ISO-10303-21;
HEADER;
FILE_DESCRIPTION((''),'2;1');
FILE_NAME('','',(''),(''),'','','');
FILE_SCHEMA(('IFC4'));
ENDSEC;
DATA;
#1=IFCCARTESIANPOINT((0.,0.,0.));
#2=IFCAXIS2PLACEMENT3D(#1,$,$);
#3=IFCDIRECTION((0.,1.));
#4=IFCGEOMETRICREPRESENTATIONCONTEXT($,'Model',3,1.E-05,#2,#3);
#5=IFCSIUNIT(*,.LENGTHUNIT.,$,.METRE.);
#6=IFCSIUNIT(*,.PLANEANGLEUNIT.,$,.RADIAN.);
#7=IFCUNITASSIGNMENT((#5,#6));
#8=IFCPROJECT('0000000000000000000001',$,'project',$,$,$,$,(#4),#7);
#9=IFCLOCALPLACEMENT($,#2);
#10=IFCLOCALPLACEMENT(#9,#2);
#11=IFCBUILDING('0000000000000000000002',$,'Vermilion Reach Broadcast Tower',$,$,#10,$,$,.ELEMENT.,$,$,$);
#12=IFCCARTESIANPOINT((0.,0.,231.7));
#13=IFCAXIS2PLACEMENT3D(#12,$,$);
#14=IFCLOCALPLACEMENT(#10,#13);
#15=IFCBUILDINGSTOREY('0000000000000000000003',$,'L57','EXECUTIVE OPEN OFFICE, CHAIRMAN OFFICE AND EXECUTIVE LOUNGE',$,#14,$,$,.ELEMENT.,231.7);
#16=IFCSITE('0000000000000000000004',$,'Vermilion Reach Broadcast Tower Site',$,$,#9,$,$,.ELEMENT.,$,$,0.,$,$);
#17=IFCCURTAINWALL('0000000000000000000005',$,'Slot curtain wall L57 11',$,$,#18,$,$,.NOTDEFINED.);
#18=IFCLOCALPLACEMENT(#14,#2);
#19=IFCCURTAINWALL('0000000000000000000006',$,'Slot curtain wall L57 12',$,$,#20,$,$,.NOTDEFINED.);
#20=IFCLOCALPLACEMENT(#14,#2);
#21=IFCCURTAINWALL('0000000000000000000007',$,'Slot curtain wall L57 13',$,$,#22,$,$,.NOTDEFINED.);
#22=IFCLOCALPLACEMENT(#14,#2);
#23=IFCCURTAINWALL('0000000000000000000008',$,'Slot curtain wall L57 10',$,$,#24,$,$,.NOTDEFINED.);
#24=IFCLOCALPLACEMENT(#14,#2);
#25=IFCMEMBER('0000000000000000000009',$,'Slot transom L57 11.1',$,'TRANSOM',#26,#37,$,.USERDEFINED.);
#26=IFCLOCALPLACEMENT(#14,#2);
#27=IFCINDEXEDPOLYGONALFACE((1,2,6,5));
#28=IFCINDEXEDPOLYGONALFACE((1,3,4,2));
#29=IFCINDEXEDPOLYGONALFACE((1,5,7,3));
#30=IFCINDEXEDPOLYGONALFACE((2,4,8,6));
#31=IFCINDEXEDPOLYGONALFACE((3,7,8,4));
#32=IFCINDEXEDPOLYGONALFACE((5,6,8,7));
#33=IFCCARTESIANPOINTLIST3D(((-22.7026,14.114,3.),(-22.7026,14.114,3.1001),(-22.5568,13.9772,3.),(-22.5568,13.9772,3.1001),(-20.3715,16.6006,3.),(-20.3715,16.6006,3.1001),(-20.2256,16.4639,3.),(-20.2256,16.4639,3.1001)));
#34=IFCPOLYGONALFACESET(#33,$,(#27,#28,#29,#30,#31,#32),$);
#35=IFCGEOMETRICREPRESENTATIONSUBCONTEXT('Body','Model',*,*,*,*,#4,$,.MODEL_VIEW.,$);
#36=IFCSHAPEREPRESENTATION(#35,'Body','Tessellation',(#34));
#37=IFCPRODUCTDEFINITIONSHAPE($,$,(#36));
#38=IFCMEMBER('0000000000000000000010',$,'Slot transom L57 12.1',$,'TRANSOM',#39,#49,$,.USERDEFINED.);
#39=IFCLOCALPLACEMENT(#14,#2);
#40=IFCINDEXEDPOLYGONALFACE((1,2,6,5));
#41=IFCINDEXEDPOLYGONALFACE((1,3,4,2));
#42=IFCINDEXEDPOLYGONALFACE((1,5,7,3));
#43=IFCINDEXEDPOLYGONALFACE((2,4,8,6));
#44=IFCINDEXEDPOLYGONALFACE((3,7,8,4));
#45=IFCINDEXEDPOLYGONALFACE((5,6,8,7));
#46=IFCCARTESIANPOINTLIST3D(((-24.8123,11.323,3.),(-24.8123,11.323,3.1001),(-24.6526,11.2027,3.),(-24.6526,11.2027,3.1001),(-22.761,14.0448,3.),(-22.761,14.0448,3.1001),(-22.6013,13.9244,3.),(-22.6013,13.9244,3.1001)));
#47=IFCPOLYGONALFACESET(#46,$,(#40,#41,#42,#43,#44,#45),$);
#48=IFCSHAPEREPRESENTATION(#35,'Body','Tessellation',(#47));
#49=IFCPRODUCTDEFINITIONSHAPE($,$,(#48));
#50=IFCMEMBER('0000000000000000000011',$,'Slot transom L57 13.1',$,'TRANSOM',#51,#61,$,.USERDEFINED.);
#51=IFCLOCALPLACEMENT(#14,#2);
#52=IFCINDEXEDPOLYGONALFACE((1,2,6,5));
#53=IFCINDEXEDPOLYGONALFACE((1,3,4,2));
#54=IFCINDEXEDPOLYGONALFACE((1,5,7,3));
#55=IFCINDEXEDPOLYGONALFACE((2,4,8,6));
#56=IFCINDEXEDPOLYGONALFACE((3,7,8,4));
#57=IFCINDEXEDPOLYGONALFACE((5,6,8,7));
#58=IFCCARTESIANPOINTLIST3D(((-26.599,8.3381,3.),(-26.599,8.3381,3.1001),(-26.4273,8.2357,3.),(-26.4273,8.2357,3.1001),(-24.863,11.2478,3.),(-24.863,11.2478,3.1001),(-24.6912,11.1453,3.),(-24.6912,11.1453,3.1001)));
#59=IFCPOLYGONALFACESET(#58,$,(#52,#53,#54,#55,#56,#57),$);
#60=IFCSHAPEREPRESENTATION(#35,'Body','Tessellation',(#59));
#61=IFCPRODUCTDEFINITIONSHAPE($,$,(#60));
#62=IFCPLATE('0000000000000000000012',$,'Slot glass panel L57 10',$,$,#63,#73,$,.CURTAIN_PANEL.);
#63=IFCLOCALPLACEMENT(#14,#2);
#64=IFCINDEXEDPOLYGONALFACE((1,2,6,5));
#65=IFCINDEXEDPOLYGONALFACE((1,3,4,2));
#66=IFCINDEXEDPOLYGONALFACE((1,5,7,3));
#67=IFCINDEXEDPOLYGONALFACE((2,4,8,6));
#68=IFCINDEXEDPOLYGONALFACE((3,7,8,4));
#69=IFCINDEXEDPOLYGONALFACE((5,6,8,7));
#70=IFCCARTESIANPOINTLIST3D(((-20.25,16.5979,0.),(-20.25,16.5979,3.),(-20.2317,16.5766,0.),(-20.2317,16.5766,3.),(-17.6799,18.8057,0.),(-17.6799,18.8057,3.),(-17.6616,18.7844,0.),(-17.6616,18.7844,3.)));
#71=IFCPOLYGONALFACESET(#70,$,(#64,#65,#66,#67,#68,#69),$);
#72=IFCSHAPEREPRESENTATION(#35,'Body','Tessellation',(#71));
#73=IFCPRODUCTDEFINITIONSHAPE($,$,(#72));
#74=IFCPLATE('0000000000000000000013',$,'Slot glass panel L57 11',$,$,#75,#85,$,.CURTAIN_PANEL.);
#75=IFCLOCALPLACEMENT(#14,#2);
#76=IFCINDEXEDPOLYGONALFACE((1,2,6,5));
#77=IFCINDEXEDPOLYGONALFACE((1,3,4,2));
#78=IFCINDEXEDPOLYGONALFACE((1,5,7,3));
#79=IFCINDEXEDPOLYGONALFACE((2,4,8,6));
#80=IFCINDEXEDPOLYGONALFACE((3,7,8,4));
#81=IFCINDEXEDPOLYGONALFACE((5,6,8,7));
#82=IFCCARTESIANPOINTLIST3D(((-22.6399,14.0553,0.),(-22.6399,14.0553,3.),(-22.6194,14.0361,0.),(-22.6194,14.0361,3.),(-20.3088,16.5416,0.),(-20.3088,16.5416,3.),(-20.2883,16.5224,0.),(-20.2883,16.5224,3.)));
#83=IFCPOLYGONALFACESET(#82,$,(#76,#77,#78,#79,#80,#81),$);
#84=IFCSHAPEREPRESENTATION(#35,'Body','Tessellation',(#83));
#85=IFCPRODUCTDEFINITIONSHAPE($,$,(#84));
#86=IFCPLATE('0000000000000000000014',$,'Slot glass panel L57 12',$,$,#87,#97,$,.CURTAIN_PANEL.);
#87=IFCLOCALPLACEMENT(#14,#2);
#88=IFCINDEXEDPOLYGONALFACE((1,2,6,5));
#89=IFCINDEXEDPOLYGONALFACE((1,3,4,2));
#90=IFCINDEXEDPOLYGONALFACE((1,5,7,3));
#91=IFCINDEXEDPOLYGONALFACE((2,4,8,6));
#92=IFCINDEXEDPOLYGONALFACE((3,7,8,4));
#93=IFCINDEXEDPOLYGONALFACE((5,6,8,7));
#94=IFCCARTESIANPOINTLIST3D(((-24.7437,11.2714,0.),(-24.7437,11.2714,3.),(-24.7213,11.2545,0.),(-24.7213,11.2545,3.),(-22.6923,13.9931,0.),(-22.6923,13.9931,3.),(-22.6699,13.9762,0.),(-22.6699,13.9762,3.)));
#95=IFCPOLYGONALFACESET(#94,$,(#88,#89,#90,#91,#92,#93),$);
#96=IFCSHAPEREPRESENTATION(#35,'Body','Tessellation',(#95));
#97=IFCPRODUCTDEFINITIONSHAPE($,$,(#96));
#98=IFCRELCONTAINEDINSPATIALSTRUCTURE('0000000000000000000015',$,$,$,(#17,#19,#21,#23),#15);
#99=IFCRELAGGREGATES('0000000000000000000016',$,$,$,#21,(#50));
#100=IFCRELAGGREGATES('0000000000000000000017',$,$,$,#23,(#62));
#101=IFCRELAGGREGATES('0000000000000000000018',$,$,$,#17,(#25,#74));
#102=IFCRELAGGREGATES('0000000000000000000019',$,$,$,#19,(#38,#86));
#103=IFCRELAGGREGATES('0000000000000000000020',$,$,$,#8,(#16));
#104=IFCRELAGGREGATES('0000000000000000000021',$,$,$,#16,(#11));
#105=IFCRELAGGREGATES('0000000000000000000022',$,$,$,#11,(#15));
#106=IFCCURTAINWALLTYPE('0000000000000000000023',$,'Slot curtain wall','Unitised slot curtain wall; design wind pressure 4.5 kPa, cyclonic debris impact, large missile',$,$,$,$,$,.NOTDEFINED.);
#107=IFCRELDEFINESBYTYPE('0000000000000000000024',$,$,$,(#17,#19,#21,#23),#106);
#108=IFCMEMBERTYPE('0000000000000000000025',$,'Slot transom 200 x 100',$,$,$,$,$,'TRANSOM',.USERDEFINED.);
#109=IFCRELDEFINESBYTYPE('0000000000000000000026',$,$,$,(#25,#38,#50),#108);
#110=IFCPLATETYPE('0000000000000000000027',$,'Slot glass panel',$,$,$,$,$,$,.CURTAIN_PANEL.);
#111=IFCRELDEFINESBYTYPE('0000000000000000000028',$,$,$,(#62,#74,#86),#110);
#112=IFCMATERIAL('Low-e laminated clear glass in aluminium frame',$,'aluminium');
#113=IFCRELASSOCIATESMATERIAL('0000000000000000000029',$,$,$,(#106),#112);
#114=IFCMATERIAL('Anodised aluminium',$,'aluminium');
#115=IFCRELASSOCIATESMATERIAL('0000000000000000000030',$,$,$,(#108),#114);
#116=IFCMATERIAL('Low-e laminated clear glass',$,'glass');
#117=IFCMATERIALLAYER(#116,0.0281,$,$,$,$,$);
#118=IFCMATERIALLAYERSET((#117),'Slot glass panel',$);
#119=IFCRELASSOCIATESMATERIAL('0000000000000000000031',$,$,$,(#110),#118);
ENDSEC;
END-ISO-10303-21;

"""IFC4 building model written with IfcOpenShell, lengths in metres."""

from ifc_helpers import new_model, si_unit, direction, frame, origin, origin_2d, place, context, subcontext, project, spatial, rectangle, extrude, material, layer, layer_set, material_profile, profile_set, type_object, element, aggregate, save


model = new_model("IFC4")

# Units and contexts
model_context = context("Model", 3, precision=1e-05, world=origin(), true_north=direction((0.0, 1.0)))
body_context = subcontext(model_context, "Body", "Model", "MODEL_VIEW")
ifc_project = project(units=[si_unit("LENGTHUNIT", "METRE"), si_unit("PLANEANGLEUNIT", "RADIAN")], contexts=[model_context])

# Site, building, storey
site_placement = place(None, origin())
site = spatial("IfcSite", under=ifc_project, at=site_placement, Name="Vermilion Reach Broadcast Tower Site", CompositionType="ELEMENT", RefElevation=0.0)
building_placement = place(site_placement, origin())
building = spatial("IfcBuilding", under=site, at=building_placement, Name="Vermilion Reach Broadcast Tower", CompositionType="ELEMENT")
storey_placement = place(building_placement, frame((0.0, 0.0, 231.7)))
storey = spatial("IfcBuildingStorey", under=building, at=storey_placement, Name="L57", Description="EXECUTIVE OPEN OFFICE, CHAIRMAN OFFICE AND EXECUTIVE LOUNGE", CompositionType="ELEMENT", Elevation=231.7)

# Curtain walls
ifc_material_1 = material(Name="Low-e laminated clear glass in aluminium frame", Category="aluminium")
curtain_wall_type = type_object("IfcCurtainWallType", Name="Slot curtain wall", Description="Unitised slot curtain wall; design wind pressure 4.5 kPa, cyclonic debris impact, large missile", PredefinedType="NOTDEFINED", material=ifc_material_1)
placement = place(storey_placement, origin())
curtain_wall_1 = element("IfcCurtainWall", 1, at=placement, inside=storey, type_object=curtain_wall_type, Name="Slot curtain wall L57 11", PredefinedType="NOTDEFINED")
curtain_wall_2 = element("IfcCurtainWall", 2, at=placement, inside=storey, type_object=curtain_wall_type, Name="Slot curtain wall L57 12", PredefinedType="NOTDEFINED")
curtain_wall_3 = element("IfcCurtainWall", 3, at=placement, inside=storey, type_object=curtain_wall_type, Name="Slot curtain wall L57 13", PredefinedType="NOTDEFINED")
curtain_wall_4 = element("IfcCurtainWall", 4, at=placement, inside=storey, type_object=curtain_wall_type, Name="Slot curtain wall L57 10", PredefinedType="NOTDEFINED")
ifc_material_2 = material(Name="Anodised aluminium", Category="aluminium")
ifc_material_profile_1 = material_profile(ifc_material_2, rectangle(XDim=0.2, YDim=0.1001, at=origin_2d()), Name="Slot transom 200 x 100")
ifc_profile_set_1 = profile_set([ifc_material_profile_1], Name="Anodised aluminium")
member_type_1 = type_object("IfcMemberType", Name="Slot transom 200 x 100", ElementType="TRANSOM", PredefinedType="USERDEFINED", material=ifc_profile_set_1)

# Members
member_1_placement = place(storey_placement, frame((-20.2986, 16.5322, 3.05), z_axis=(-0.683924, -0.729553, 0.0), x_axis=(0.729553, -0.683924, 0.0)))
member_1 = element("IfcMember", 5, at=member_1_placement, type_object=member_type_1, Name="Slot transom L57 11.1", ObjectType="TRANSOM", PredefinedType="USERDEFINED", context=body_context, shape_type="SweptSolid", body=[
    extrude(rectangle(XDim=0.2, YDim=0.1001, at=origin_2d()), origin(), (0.0, 0.0, 1.0), 3.4084),
])
member_2_placement = place(storey_placement, frame((-22.6812, 13.9846, 3.05), z_axis=(-0.601878, -0.798588, 0.0), x_axis=(0.798588, -0.601878, 0.0)))
member_2 = element("IfcMember", 6, at=member_2_placement, type_object=member_type_1, Name="Slot transom L57 12.1", ObjectType="TRANSOM", PredefinedType="USERDEFINED", context=body_context, shape_type="SweptSolid", body=[
    extrude(rectangle(XDim=0.2, YDim=0.1001, at=origin_2d()), origin(), (0.0, 0.0, 1.0), 3.4082),
])
member_3_placement = place(storey_placement, frame((-24.7771, 11.1965, 3.05), z_axis=(-0.512386, -0.858756, 0.0), x_axis=(0.858756, -0.512386, 0.0)))
member_3 = element("IfcMember", 7, at=member_3_placement, type_object=member_type_1, Name="Slot transom L57 13.1", ObjectType="TRANSOM", PredefinedType="USERDEFINED", context=body_context, shape_type="SweptSolid", body=[
    extrude(rectangle(XDim=0.2, YDim=0.1001, at=origin_2d()), origin(), (0.0, 0.0, 1.0), 3.3882),
])
aggregate(curtain_wall_3, [member_3])

# Plates
ifc_material_3 = material(Name="Low-e laminated clear glass", Category="glass")
ifc_layer = layer(ifc_material_3, 0.0281)
ifc_layer_set = layer_set([ifc_layer], Name="Slot glass panel")
plate_type = type_object("IfcPlateType", Name="Slot glass panel", PredefinedType="CURTAIN_PANEL", material=ifc_layer_set)
plate_1_placement = place(storey_placement, frame((-18.9558, 17.6912, 0.0), z_axis=(0.0, 0.0, 1.0), x_axis=(-0.758561, -0.651602, 0.0)))
plate_1 = element("IfcPlate", 8, at=plate_1_placement, type_object=plate_type, Name="Slot glass panel L57 10", PredefinedType="CURTAIN_PANEL", context=body_context, shape_type="SweptSolid", body=[
    extrude(rectangle(XDim=3.3882, YDim=0.0281, at=origin_2d()), origin(), (0.0, 0.0, 1.0), 3.0),
])
aggregate(curtain_wall_4, [plate_1])
plate_2_placement = place(storey_placement, frame((-21.4641, 15.2888, 0.0), z_axis=(0.0, 0.0, 1.0), x_axis=(-0.683966, -0.729514, 0.0)))
plate_2 = element("IfcPlate", 9, at=plate_2_placement, type_object=plate_type, Name="Slot glass panel L57 11", PredefinedType="CURTAIN_PANEL", context=body_context, shape_type="SweptSolid", body=[
    extrude(rectangle(XDim=3.4082, YDim=0.0281, at=origin_2d()), origin(), (0.0, 0.0, 1.0), 3.0),
])
aggregate(curtain_wall_1, [member_1, plate_2])
plate_3_placement = place(storey_placement, frame((-23.7068, 12.6238, 0.0), z_axis=(0.0, 0.0, 1.0), x_axis=(-0.601894, -0.798576, 0.0)))
plate_3 = element("IfcPlate", 10, at=plate_3_placement, type_object=plate_type, Name="Slot glass panel L57 12", PredefinedType="CURTAIN_PANEL", context=body_context, shape_type="SweptSolid", body=[
    extrude(rectangle(XDim=3.4082, YDim=0.0281, at=origin_2d()), origin(), (0.0, 0.0, 1.0), 3.0),
])
aggregate(curtain_wall_2, [member_2, plate_3])

save(model, "model.ifc")
